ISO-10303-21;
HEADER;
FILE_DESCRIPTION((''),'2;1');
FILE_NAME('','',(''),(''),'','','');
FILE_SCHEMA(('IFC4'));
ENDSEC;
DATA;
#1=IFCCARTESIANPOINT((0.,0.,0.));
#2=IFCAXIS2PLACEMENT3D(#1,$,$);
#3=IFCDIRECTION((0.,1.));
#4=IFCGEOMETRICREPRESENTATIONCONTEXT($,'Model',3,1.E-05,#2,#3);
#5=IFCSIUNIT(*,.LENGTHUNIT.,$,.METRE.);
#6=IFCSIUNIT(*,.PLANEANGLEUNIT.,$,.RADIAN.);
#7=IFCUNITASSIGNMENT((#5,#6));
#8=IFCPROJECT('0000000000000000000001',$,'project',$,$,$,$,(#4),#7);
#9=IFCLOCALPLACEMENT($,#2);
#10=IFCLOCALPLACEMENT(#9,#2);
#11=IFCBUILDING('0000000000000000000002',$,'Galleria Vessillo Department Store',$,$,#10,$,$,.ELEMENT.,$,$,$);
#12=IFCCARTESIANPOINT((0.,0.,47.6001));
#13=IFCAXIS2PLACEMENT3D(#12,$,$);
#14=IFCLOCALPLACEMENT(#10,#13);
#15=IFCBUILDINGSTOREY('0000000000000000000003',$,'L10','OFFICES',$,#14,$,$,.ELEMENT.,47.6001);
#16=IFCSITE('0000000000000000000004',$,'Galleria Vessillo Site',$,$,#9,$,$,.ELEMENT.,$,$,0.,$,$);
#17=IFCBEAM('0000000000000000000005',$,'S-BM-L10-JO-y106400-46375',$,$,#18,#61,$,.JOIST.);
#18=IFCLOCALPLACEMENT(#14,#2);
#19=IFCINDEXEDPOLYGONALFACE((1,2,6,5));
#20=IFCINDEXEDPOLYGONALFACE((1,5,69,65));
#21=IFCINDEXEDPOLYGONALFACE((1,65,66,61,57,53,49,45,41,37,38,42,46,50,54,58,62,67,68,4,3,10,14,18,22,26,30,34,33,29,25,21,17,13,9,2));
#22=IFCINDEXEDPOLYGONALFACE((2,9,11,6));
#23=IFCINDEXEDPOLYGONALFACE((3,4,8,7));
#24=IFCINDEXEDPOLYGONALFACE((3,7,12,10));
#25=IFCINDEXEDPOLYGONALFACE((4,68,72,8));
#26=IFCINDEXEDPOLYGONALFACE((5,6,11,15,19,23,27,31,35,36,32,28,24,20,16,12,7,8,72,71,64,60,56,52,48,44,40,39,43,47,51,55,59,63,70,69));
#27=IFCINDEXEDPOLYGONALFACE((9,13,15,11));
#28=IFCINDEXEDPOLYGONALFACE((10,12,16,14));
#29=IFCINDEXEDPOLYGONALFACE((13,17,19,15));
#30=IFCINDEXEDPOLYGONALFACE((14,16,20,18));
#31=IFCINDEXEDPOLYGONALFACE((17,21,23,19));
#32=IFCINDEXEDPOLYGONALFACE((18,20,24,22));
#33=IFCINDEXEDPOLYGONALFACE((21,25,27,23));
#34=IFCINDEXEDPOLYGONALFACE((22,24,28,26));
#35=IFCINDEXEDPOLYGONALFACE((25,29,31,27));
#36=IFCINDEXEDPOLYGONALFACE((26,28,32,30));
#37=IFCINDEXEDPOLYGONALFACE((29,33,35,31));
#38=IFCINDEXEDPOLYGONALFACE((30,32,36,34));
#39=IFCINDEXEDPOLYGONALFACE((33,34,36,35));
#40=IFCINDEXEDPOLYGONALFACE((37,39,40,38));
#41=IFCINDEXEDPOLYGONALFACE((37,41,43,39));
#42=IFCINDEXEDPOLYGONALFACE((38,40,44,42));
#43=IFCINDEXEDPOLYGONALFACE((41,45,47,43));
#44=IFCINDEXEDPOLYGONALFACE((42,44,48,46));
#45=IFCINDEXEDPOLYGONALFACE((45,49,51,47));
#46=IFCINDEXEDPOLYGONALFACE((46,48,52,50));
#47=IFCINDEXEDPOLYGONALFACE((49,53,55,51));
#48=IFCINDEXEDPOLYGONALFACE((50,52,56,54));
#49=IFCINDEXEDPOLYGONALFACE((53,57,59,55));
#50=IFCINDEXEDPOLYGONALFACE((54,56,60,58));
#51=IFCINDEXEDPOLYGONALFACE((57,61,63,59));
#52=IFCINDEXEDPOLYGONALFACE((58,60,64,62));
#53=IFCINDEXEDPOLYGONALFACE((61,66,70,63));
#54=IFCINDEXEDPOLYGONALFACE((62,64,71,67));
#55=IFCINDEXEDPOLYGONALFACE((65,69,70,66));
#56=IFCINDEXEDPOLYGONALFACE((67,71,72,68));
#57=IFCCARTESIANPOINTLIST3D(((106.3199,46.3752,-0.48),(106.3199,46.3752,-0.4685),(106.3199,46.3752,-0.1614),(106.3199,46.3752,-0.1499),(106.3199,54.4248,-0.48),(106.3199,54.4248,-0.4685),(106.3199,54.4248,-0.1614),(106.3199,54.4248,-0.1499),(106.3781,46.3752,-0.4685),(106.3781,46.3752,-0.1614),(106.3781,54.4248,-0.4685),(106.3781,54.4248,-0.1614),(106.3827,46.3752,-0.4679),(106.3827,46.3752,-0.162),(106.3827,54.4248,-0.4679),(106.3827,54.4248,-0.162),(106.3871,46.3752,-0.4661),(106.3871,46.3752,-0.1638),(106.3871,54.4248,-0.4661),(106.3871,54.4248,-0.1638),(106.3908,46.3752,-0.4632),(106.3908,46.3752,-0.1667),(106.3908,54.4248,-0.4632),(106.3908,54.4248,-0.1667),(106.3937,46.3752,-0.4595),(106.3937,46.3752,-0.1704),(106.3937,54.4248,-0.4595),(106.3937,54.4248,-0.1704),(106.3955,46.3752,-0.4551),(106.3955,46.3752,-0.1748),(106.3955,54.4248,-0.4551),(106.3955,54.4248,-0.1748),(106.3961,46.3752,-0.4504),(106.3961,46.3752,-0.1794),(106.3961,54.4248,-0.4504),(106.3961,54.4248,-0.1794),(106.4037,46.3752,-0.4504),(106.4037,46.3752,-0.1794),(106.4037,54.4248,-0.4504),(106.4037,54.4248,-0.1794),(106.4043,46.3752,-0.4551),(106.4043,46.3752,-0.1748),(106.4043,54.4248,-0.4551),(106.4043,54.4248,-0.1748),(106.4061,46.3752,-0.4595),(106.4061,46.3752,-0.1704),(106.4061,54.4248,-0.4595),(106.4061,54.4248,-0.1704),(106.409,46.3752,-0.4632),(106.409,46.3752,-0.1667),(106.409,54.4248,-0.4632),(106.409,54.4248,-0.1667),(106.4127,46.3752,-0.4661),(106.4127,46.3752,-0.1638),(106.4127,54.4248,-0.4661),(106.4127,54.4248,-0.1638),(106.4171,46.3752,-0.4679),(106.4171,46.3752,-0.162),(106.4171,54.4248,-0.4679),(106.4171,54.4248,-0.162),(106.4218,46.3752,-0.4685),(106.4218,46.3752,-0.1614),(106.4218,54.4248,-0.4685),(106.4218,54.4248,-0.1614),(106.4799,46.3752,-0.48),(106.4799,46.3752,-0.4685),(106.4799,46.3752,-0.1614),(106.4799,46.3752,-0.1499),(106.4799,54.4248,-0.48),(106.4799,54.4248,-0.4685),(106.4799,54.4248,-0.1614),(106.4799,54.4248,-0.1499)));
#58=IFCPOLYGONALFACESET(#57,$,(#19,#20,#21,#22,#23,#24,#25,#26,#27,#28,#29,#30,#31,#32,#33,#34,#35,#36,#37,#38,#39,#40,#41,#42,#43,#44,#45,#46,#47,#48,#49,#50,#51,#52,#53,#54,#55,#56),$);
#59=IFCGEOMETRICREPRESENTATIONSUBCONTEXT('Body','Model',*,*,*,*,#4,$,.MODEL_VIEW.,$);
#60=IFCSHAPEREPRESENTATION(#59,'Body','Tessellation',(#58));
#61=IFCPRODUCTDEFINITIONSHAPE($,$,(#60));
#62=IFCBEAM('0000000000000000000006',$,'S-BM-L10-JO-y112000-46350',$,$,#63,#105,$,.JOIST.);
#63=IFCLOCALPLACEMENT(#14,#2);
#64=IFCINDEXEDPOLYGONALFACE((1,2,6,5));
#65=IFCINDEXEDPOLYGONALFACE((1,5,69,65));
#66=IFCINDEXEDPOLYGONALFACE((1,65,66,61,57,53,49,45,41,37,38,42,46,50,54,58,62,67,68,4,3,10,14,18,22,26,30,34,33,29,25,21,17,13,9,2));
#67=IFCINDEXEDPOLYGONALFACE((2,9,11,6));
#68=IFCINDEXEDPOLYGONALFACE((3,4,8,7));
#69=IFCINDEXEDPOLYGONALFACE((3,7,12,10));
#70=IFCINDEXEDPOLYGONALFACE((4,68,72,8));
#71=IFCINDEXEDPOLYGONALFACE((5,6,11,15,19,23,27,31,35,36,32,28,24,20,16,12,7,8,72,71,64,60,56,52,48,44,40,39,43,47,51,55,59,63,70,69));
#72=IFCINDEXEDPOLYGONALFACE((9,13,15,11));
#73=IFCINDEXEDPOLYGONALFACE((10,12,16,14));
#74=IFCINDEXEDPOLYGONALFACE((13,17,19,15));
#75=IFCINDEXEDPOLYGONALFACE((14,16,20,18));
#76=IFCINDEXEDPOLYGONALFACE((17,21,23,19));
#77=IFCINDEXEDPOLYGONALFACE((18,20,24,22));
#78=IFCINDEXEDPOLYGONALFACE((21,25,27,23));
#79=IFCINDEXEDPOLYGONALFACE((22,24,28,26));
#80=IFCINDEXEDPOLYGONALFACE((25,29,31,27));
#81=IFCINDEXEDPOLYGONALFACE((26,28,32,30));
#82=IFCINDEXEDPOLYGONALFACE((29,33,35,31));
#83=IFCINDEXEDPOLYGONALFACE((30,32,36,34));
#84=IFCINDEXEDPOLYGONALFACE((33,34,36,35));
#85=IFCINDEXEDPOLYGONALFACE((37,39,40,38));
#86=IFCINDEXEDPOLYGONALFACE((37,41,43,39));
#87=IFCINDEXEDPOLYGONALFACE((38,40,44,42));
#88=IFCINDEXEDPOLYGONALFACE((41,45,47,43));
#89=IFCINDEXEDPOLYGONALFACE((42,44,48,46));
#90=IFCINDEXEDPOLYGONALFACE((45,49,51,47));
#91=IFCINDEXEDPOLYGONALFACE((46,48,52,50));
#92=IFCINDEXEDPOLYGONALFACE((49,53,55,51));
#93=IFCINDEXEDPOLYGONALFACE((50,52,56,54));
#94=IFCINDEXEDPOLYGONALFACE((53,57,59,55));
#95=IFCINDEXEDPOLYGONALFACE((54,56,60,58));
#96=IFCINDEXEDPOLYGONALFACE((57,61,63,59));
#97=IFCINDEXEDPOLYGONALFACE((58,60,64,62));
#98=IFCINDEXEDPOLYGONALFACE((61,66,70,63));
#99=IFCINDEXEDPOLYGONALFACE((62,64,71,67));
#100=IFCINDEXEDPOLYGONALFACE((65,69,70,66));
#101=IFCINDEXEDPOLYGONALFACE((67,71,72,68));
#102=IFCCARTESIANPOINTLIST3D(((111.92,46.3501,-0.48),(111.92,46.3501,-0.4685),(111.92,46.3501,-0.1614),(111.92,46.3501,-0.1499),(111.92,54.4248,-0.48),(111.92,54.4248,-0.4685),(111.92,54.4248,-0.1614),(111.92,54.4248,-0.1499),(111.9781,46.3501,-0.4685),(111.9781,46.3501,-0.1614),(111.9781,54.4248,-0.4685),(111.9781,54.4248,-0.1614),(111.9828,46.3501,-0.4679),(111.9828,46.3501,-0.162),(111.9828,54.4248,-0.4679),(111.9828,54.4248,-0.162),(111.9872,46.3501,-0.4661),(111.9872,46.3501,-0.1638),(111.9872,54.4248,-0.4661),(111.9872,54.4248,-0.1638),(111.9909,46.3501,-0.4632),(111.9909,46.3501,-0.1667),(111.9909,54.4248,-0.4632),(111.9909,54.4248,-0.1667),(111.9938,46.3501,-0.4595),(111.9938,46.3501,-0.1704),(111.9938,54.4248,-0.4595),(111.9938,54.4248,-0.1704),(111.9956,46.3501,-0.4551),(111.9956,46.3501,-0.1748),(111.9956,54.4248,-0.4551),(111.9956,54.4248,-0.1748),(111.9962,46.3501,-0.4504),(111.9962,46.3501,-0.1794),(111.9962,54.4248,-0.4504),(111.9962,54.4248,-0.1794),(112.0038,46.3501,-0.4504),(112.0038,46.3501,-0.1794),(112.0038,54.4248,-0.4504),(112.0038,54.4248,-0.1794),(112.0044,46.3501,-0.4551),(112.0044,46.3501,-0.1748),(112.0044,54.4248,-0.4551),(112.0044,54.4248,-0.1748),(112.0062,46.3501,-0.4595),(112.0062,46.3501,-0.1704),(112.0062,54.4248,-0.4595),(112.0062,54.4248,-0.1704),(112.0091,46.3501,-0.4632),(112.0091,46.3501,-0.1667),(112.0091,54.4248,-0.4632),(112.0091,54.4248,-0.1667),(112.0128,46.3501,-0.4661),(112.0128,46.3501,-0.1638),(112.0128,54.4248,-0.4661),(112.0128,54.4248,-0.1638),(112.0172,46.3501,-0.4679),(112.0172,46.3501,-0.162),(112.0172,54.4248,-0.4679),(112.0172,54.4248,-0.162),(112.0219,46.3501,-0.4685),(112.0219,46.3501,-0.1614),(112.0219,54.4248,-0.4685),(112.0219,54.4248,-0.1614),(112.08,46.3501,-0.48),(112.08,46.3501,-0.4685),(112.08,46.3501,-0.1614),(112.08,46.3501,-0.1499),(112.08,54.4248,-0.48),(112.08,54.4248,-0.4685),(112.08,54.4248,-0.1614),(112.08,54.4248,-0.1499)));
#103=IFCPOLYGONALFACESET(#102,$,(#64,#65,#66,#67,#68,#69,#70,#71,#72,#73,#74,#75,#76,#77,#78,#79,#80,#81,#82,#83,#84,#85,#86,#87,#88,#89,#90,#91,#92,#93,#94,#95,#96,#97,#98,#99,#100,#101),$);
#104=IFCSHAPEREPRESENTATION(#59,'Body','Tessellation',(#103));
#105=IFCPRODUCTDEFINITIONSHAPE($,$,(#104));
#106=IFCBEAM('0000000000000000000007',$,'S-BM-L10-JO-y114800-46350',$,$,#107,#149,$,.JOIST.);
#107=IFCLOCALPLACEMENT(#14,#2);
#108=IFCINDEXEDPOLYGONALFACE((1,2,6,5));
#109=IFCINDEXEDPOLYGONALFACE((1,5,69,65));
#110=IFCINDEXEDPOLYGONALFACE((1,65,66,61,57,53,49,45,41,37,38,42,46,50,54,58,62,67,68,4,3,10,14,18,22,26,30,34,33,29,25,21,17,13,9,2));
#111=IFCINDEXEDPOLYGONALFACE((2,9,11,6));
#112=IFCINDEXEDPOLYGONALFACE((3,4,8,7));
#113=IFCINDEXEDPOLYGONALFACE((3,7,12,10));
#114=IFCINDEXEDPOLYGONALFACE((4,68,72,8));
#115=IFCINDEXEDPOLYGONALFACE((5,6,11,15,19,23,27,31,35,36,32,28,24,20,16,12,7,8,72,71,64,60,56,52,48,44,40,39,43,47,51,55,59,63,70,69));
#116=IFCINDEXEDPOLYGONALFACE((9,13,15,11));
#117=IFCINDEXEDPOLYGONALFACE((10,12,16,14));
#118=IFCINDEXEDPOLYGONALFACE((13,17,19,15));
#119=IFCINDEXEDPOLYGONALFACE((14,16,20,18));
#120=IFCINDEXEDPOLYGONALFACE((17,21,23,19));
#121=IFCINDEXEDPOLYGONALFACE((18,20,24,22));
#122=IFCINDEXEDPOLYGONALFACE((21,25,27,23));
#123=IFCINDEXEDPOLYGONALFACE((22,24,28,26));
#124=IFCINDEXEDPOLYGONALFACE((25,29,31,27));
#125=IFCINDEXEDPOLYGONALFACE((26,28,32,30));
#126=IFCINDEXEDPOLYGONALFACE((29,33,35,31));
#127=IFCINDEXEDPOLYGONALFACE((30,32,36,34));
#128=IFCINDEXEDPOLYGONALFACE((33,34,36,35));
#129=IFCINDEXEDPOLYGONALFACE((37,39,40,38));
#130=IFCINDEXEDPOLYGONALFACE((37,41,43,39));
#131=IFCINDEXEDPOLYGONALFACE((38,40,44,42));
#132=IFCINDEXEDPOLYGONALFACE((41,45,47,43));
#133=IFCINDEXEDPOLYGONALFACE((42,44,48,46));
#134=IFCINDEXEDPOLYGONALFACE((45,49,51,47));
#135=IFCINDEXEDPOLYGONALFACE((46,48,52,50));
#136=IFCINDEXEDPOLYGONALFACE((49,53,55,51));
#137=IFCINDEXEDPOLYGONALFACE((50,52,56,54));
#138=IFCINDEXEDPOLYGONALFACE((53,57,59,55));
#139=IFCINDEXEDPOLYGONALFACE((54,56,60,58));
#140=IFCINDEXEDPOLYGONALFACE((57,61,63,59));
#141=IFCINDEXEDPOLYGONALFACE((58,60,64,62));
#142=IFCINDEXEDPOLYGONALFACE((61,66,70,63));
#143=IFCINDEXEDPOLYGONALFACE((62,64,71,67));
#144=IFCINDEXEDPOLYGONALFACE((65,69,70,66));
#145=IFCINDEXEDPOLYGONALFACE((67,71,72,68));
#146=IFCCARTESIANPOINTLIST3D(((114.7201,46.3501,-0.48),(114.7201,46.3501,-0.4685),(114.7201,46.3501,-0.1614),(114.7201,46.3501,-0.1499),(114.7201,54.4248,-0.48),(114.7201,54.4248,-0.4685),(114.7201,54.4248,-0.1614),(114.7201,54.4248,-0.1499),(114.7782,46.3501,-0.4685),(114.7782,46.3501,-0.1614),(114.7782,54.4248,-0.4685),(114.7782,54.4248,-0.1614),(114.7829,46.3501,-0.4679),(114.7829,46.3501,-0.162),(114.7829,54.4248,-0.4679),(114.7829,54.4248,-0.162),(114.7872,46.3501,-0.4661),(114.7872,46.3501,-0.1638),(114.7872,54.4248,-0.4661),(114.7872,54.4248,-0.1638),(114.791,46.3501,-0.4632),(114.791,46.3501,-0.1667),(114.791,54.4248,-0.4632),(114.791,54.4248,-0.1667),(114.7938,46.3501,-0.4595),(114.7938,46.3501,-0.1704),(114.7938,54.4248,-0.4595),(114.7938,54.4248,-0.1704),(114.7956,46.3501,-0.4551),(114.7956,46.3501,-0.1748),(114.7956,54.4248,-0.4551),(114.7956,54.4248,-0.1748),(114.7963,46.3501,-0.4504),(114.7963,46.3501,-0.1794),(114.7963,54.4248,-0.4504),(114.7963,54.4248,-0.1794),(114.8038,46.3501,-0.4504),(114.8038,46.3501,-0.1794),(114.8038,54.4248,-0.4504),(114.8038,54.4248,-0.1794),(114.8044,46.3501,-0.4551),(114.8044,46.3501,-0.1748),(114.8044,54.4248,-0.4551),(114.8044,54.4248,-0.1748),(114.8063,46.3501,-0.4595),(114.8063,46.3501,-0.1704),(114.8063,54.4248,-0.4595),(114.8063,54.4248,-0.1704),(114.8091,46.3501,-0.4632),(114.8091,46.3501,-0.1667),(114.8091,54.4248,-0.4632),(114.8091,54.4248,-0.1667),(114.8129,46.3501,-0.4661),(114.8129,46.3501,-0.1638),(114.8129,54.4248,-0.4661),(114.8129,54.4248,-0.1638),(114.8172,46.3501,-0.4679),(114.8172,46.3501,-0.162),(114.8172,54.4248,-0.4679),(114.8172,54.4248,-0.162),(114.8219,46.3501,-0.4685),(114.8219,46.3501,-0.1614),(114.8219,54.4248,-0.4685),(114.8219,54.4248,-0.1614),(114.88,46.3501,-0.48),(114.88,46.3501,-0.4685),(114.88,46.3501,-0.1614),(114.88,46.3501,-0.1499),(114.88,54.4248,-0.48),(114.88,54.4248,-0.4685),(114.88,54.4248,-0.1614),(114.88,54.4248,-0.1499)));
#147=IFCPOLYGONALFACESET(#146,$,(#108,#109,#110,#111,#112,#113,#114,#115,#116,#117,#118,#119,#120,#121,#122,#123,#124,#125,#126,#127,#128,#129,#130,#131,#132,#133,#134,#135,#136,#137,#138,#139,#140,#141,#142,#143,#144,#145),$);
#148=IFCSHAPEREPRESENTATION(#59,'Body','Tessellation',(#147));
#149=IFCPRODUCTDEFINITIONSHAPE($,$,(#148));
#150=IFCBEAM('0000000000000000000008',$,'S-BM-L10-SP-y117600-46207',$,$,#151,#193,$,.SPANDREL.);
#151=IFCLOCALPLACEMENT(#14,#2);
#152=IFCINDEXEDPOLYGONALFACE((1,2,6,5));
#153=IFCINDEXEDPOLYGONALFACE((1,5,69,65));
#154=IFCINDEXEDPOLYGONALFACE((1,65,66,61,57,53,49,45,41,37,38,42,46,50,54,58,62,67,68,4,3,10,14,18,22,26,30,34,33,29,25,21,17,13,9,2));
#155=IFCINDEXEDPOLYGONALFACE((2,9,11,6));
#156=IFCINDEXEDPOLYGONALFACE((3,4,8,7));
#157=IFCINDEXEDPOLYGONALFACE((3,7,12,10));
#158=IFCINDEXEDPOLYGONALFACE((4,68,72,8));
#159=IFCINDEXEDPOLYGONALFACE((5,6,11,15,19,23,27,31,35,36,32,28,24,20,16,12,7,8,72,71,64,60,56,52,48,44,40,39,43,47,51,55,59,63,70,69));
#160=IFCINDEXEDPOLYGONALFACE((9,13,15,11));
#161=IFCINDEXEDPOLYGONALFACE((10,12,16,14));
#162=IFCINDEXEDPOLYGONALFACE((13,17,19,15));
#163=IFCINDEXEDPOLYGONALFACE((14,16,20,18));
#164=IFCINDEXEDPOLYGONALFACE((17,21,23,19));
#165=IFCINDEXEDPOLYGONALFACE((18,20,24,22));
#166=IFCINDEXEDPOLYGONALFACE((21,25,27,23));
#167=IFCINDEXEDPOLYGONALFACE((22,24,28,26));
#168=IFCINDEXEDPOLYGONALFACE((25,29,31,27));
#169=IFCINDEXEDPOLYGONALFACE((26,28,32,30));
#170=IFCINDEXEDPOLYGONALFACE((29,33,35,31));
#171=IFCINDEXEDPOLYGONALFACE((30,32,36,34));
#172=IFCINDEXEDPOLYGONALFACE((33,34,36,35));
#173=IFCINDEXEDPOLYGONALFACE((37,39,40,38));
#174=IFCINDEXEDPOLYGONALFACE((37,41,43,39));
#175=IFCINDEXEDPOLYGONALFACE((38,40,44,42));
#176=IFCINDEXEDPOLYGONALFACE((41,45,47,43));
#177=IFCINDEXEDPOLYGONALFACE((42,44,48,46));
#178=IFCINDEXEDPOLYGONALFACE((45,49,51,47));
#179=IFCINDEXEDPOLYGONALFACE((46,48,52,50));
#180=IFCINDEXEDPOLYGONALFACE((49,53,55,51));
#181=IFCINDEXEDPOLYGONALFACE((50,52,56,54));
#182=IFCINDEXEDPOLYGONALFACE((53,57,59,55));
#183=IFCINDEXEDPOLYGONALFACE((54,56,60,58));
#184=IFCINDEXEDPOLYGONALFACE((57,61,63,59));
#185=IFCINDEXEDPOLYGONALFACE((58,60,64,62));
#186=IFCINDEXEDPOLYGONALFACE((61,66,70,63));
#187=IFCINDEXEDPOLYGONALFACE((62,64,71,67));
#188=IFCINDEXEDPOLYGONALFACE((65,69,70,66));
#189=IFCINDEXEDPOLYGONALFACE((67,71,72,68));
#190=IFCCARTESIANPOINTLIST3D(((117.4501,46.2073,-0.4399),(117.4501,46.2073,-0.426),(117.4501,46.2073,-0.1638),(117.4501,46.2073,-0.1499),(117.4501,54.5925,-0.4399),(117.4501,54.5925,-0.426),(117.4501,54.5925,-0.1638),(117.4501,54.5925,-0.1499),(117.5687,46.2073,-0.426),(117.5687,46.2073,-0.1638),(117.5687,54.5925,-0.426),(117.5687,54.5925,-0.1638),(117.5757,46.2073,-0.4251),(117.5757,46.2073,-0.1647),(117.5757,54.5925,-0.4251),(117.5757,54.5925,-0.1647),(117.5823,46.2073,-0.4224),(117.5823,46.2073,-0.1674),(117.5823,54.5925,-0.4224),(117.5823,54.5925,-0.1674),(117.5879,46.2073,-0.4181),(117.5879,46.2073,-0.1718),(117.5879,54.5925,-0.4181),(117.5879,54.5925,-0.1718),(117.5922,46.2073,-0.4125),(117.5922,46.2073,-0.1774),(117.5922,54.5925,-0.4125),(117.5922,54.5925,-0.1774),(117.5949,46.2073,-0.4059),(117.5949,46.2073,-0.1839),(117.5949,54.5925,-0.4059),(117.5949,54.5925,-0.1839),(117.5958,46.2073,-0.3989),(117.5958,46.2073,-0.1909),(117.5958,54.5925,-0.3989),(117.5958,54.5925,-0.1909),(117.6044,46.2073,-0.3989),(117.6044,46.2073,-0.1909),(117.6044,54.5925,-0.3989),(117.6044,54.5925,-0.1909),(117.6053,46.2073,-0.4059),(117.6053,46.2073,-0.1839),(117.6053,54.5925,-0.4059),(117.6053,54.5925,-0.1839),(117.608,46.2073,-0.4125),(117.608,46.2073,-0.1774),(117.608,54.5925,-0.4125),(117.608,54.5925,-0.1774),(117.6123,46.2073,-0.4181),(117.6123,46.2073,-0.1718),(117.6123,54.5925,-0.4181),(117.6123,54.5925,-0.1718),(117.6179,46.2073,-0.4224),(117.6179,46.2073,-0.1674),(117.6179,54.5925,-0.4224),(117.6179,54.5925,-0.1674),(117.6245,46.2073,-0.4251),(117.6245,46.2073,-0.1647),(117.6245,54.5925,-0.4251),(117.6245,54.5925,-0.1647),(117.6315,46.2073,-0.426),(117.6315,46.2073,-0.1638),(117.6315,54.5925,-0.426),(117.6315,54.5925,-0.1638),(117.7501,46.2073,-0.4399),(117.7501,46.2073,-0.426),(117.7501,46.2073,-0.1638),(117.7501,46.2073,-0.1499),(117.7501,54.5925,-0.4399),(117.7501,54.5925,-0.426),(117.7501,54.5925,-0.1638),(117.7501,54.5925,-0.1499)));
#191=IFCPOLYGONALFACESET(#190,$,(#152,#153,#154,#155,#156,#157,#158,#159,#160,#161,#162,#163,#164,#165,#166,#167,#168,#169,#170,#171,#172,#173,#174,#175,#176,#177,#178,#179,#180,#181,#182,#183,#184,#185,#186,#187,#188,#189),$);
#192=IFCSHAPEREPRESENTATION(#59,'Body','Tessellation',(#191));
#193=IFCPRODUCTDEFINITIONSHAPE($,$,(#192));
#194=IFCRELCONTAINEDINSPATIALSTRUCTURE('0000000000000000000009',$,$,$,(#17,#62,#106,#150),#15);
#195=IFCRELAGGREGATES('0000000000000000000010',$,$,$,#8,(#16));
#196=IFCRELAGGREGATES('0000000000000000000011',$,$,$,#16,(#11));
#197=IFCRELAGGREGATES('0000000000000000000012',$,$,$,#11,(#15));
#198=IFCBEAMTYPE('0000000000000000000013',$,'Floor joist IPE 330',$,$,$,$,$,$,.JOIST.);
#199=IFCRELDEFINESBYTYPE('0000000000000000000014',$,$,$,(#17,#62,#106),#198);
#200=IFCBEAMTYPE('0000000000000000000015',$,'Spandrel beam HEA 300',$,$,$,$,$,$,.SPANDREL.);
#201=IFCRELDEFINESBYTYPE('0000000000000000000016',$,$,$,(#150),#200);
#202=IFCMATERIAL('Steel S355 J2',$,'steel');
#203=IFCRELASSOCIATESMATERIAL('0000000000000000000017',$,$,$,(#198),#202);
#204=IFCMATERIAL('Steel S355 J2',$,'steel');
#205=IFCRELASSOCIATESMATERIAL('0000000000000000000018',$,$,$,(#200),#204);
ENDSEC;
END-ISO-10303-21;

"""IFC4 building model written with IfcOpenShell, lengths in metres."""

from ifc_helpers import new_model, si_unit, direction, frame, origin, origin_2d, place, context, subcontext, project, spatial, i_section, extrude, material, material_profile, profile_set, type_object, element, save


model = new_model("IFC4")

# Units and contexts
model_context = context("Model", 3, precision=1e-05, world=origin(), true_north=direction((0.0, 1.0)))
body_context = subcontext(model_context, "Body", "Model", "MODEL_VIEW")
ifc_project = project(units=[si_unit("LENGTHUNIT", "METRE"), si_unit("PLANEANGLEUNIT", "RADIAN")], contexts=[model_context])

# Site, building, storey
site_placement = place(None, origin())
site = spatial("IfcSite", under=ifc_project, at=site_placement, Name="Galleria Vessillo Site", CompositionType="ELEMENT", RefElevation=0.0)
building_placement = place(site_placement, origin())
building = spatial("IfcBuilding", under=site, at=building_placement, Name="Galleria Vessillo Department Store", CompositionType="ELEMENT")
storey_placement = place(building_placement, frame((0.0, 0.0, 47.6001)))
storey = spatial("IfcBuildingStorey", under=building, at=storey_placement, Name="L10", Description="OFFICES", CompositionType="ELEMENT", Elevation=47.6001)

# Beams
ifc_material_1 = material(Name="Steel S355 J2", Category="steel")
ifc_material_profile_1 = material_profile(ifc_material_1, i_section(OverallWidth=0.1599, OverallDepth=0.3301, WebThickness=0.0076, FlangeThickness=0.0115, FilletRadius=0.0181, at=origin_2d()), Name="IPE 330")
ifc_profile_set_1 = profile_set([ifc_material_profile_1], Name="Steel S355 J2")
beam_type_1 = type_object("IfcBeamType", Name="Floor joist IPE 330", PredefinedType="JOIST", material=ifc_profile_set_1)
beam_1_placement = place(storey_placement, frame((106.3999, 46.3752, -0.3149), z_axis=(0.0, 1.0, 0.0), x_axis=(-1.0, 0.0, 0.0)))
element("IfcBeam", 1, at=beam_1_placement, inside=storey, type_object=beam_type_1, Name="S-BM-L10-JO-y106400-46375", PredefinedType="JOIST", context=body_context, shape_type="SweptSolid", body=[
    extrude(i_section(OverallWidth=0.1599, OverallDepth=0.3301, WebThickness=0.0076, FlangeThickness=0.0115, FilletRadius=0.0181, at=origin_2d()), origin(), (0.0, 0.0, 1.0), 8.0496),
])
for number, where, z_axis, x_axis, name in (
    (2, (112.0, 46.3501, -0.3149), (0.0, 1.0, 0.0), (-1.0, 0.0, 0.0), "S-BM-L10-JO-y112000-46350"),
    (3, (114.8, 46.3501, -0.3149), (0.0, 1.0, 0.0), (-1.0, 0.0, 0.0), "S-BM-L10-JO-y114800-46350"),
):
    element("IfcBeam", number, at=place(storey_placement, frame(where, z_axis=z_axis, x_axis=x_axis)), inside=storey, type_object=beam_type_1, Name=name, PredefinedType="JOIST", context=body_context, shape_type="SweptSolid", body=[
        extrude(i_section(OverallWidth=0.1599, OverallDepth=0.3301, WebThickness=0.0076, FlangeThickness=0.0115, FilletRadius=0.0181, at=origin_2d()), origin(), (0.0, 0.0, 1.0), 8.0747),
    ])
ifc_material_2 = material(Name="Steel S355 J2", Category="steel")
ifc_material_profile_2 = material_profile(ifc_material_2, i_section(OverallWidth=0.3, OverallDepth=0.29, WebThickness=0.0085, FlangeThickness=0.0139, FilletRadius=0.0271, at=origin_2d()), Name="HEA 300")
ifc_profile_set_2 = profile_set([ifc_material_profile_2], Name="Steel S355 J2")
beam_type_2 = type_object("IfcBeamType", Name="Spandrel beam HEA 300", PredefinedType="SPANDREL", material=ifc_profile_set_2)
beam_2_placement = place(storey_placement, frame((117.6001, 46.2073, -0.2949), z_axis=(0.0, 1.0, 0.0), x_axis=(-1.0, 0.0, 0.0)))
element("IfcBeam", 4, at=beam_2_placement, inside=storey, type_object=beam_type_2, Name="S-BM-L10-SP-y117600-46207", PredefinedType="SPANDREL", context=body_context, shape_type="SweptSolid", body=[
    extrude(i_section(OverallWidth=0.3, OverallDepth=0.29, WebThickness=0.0085, FlangeThickness=0.0139, FilletRadius=0.0271, at=origin_2d()), origin(), (0.0, 0.0, 1.0), 8.3853),
])

save(model, "model.ifc")
